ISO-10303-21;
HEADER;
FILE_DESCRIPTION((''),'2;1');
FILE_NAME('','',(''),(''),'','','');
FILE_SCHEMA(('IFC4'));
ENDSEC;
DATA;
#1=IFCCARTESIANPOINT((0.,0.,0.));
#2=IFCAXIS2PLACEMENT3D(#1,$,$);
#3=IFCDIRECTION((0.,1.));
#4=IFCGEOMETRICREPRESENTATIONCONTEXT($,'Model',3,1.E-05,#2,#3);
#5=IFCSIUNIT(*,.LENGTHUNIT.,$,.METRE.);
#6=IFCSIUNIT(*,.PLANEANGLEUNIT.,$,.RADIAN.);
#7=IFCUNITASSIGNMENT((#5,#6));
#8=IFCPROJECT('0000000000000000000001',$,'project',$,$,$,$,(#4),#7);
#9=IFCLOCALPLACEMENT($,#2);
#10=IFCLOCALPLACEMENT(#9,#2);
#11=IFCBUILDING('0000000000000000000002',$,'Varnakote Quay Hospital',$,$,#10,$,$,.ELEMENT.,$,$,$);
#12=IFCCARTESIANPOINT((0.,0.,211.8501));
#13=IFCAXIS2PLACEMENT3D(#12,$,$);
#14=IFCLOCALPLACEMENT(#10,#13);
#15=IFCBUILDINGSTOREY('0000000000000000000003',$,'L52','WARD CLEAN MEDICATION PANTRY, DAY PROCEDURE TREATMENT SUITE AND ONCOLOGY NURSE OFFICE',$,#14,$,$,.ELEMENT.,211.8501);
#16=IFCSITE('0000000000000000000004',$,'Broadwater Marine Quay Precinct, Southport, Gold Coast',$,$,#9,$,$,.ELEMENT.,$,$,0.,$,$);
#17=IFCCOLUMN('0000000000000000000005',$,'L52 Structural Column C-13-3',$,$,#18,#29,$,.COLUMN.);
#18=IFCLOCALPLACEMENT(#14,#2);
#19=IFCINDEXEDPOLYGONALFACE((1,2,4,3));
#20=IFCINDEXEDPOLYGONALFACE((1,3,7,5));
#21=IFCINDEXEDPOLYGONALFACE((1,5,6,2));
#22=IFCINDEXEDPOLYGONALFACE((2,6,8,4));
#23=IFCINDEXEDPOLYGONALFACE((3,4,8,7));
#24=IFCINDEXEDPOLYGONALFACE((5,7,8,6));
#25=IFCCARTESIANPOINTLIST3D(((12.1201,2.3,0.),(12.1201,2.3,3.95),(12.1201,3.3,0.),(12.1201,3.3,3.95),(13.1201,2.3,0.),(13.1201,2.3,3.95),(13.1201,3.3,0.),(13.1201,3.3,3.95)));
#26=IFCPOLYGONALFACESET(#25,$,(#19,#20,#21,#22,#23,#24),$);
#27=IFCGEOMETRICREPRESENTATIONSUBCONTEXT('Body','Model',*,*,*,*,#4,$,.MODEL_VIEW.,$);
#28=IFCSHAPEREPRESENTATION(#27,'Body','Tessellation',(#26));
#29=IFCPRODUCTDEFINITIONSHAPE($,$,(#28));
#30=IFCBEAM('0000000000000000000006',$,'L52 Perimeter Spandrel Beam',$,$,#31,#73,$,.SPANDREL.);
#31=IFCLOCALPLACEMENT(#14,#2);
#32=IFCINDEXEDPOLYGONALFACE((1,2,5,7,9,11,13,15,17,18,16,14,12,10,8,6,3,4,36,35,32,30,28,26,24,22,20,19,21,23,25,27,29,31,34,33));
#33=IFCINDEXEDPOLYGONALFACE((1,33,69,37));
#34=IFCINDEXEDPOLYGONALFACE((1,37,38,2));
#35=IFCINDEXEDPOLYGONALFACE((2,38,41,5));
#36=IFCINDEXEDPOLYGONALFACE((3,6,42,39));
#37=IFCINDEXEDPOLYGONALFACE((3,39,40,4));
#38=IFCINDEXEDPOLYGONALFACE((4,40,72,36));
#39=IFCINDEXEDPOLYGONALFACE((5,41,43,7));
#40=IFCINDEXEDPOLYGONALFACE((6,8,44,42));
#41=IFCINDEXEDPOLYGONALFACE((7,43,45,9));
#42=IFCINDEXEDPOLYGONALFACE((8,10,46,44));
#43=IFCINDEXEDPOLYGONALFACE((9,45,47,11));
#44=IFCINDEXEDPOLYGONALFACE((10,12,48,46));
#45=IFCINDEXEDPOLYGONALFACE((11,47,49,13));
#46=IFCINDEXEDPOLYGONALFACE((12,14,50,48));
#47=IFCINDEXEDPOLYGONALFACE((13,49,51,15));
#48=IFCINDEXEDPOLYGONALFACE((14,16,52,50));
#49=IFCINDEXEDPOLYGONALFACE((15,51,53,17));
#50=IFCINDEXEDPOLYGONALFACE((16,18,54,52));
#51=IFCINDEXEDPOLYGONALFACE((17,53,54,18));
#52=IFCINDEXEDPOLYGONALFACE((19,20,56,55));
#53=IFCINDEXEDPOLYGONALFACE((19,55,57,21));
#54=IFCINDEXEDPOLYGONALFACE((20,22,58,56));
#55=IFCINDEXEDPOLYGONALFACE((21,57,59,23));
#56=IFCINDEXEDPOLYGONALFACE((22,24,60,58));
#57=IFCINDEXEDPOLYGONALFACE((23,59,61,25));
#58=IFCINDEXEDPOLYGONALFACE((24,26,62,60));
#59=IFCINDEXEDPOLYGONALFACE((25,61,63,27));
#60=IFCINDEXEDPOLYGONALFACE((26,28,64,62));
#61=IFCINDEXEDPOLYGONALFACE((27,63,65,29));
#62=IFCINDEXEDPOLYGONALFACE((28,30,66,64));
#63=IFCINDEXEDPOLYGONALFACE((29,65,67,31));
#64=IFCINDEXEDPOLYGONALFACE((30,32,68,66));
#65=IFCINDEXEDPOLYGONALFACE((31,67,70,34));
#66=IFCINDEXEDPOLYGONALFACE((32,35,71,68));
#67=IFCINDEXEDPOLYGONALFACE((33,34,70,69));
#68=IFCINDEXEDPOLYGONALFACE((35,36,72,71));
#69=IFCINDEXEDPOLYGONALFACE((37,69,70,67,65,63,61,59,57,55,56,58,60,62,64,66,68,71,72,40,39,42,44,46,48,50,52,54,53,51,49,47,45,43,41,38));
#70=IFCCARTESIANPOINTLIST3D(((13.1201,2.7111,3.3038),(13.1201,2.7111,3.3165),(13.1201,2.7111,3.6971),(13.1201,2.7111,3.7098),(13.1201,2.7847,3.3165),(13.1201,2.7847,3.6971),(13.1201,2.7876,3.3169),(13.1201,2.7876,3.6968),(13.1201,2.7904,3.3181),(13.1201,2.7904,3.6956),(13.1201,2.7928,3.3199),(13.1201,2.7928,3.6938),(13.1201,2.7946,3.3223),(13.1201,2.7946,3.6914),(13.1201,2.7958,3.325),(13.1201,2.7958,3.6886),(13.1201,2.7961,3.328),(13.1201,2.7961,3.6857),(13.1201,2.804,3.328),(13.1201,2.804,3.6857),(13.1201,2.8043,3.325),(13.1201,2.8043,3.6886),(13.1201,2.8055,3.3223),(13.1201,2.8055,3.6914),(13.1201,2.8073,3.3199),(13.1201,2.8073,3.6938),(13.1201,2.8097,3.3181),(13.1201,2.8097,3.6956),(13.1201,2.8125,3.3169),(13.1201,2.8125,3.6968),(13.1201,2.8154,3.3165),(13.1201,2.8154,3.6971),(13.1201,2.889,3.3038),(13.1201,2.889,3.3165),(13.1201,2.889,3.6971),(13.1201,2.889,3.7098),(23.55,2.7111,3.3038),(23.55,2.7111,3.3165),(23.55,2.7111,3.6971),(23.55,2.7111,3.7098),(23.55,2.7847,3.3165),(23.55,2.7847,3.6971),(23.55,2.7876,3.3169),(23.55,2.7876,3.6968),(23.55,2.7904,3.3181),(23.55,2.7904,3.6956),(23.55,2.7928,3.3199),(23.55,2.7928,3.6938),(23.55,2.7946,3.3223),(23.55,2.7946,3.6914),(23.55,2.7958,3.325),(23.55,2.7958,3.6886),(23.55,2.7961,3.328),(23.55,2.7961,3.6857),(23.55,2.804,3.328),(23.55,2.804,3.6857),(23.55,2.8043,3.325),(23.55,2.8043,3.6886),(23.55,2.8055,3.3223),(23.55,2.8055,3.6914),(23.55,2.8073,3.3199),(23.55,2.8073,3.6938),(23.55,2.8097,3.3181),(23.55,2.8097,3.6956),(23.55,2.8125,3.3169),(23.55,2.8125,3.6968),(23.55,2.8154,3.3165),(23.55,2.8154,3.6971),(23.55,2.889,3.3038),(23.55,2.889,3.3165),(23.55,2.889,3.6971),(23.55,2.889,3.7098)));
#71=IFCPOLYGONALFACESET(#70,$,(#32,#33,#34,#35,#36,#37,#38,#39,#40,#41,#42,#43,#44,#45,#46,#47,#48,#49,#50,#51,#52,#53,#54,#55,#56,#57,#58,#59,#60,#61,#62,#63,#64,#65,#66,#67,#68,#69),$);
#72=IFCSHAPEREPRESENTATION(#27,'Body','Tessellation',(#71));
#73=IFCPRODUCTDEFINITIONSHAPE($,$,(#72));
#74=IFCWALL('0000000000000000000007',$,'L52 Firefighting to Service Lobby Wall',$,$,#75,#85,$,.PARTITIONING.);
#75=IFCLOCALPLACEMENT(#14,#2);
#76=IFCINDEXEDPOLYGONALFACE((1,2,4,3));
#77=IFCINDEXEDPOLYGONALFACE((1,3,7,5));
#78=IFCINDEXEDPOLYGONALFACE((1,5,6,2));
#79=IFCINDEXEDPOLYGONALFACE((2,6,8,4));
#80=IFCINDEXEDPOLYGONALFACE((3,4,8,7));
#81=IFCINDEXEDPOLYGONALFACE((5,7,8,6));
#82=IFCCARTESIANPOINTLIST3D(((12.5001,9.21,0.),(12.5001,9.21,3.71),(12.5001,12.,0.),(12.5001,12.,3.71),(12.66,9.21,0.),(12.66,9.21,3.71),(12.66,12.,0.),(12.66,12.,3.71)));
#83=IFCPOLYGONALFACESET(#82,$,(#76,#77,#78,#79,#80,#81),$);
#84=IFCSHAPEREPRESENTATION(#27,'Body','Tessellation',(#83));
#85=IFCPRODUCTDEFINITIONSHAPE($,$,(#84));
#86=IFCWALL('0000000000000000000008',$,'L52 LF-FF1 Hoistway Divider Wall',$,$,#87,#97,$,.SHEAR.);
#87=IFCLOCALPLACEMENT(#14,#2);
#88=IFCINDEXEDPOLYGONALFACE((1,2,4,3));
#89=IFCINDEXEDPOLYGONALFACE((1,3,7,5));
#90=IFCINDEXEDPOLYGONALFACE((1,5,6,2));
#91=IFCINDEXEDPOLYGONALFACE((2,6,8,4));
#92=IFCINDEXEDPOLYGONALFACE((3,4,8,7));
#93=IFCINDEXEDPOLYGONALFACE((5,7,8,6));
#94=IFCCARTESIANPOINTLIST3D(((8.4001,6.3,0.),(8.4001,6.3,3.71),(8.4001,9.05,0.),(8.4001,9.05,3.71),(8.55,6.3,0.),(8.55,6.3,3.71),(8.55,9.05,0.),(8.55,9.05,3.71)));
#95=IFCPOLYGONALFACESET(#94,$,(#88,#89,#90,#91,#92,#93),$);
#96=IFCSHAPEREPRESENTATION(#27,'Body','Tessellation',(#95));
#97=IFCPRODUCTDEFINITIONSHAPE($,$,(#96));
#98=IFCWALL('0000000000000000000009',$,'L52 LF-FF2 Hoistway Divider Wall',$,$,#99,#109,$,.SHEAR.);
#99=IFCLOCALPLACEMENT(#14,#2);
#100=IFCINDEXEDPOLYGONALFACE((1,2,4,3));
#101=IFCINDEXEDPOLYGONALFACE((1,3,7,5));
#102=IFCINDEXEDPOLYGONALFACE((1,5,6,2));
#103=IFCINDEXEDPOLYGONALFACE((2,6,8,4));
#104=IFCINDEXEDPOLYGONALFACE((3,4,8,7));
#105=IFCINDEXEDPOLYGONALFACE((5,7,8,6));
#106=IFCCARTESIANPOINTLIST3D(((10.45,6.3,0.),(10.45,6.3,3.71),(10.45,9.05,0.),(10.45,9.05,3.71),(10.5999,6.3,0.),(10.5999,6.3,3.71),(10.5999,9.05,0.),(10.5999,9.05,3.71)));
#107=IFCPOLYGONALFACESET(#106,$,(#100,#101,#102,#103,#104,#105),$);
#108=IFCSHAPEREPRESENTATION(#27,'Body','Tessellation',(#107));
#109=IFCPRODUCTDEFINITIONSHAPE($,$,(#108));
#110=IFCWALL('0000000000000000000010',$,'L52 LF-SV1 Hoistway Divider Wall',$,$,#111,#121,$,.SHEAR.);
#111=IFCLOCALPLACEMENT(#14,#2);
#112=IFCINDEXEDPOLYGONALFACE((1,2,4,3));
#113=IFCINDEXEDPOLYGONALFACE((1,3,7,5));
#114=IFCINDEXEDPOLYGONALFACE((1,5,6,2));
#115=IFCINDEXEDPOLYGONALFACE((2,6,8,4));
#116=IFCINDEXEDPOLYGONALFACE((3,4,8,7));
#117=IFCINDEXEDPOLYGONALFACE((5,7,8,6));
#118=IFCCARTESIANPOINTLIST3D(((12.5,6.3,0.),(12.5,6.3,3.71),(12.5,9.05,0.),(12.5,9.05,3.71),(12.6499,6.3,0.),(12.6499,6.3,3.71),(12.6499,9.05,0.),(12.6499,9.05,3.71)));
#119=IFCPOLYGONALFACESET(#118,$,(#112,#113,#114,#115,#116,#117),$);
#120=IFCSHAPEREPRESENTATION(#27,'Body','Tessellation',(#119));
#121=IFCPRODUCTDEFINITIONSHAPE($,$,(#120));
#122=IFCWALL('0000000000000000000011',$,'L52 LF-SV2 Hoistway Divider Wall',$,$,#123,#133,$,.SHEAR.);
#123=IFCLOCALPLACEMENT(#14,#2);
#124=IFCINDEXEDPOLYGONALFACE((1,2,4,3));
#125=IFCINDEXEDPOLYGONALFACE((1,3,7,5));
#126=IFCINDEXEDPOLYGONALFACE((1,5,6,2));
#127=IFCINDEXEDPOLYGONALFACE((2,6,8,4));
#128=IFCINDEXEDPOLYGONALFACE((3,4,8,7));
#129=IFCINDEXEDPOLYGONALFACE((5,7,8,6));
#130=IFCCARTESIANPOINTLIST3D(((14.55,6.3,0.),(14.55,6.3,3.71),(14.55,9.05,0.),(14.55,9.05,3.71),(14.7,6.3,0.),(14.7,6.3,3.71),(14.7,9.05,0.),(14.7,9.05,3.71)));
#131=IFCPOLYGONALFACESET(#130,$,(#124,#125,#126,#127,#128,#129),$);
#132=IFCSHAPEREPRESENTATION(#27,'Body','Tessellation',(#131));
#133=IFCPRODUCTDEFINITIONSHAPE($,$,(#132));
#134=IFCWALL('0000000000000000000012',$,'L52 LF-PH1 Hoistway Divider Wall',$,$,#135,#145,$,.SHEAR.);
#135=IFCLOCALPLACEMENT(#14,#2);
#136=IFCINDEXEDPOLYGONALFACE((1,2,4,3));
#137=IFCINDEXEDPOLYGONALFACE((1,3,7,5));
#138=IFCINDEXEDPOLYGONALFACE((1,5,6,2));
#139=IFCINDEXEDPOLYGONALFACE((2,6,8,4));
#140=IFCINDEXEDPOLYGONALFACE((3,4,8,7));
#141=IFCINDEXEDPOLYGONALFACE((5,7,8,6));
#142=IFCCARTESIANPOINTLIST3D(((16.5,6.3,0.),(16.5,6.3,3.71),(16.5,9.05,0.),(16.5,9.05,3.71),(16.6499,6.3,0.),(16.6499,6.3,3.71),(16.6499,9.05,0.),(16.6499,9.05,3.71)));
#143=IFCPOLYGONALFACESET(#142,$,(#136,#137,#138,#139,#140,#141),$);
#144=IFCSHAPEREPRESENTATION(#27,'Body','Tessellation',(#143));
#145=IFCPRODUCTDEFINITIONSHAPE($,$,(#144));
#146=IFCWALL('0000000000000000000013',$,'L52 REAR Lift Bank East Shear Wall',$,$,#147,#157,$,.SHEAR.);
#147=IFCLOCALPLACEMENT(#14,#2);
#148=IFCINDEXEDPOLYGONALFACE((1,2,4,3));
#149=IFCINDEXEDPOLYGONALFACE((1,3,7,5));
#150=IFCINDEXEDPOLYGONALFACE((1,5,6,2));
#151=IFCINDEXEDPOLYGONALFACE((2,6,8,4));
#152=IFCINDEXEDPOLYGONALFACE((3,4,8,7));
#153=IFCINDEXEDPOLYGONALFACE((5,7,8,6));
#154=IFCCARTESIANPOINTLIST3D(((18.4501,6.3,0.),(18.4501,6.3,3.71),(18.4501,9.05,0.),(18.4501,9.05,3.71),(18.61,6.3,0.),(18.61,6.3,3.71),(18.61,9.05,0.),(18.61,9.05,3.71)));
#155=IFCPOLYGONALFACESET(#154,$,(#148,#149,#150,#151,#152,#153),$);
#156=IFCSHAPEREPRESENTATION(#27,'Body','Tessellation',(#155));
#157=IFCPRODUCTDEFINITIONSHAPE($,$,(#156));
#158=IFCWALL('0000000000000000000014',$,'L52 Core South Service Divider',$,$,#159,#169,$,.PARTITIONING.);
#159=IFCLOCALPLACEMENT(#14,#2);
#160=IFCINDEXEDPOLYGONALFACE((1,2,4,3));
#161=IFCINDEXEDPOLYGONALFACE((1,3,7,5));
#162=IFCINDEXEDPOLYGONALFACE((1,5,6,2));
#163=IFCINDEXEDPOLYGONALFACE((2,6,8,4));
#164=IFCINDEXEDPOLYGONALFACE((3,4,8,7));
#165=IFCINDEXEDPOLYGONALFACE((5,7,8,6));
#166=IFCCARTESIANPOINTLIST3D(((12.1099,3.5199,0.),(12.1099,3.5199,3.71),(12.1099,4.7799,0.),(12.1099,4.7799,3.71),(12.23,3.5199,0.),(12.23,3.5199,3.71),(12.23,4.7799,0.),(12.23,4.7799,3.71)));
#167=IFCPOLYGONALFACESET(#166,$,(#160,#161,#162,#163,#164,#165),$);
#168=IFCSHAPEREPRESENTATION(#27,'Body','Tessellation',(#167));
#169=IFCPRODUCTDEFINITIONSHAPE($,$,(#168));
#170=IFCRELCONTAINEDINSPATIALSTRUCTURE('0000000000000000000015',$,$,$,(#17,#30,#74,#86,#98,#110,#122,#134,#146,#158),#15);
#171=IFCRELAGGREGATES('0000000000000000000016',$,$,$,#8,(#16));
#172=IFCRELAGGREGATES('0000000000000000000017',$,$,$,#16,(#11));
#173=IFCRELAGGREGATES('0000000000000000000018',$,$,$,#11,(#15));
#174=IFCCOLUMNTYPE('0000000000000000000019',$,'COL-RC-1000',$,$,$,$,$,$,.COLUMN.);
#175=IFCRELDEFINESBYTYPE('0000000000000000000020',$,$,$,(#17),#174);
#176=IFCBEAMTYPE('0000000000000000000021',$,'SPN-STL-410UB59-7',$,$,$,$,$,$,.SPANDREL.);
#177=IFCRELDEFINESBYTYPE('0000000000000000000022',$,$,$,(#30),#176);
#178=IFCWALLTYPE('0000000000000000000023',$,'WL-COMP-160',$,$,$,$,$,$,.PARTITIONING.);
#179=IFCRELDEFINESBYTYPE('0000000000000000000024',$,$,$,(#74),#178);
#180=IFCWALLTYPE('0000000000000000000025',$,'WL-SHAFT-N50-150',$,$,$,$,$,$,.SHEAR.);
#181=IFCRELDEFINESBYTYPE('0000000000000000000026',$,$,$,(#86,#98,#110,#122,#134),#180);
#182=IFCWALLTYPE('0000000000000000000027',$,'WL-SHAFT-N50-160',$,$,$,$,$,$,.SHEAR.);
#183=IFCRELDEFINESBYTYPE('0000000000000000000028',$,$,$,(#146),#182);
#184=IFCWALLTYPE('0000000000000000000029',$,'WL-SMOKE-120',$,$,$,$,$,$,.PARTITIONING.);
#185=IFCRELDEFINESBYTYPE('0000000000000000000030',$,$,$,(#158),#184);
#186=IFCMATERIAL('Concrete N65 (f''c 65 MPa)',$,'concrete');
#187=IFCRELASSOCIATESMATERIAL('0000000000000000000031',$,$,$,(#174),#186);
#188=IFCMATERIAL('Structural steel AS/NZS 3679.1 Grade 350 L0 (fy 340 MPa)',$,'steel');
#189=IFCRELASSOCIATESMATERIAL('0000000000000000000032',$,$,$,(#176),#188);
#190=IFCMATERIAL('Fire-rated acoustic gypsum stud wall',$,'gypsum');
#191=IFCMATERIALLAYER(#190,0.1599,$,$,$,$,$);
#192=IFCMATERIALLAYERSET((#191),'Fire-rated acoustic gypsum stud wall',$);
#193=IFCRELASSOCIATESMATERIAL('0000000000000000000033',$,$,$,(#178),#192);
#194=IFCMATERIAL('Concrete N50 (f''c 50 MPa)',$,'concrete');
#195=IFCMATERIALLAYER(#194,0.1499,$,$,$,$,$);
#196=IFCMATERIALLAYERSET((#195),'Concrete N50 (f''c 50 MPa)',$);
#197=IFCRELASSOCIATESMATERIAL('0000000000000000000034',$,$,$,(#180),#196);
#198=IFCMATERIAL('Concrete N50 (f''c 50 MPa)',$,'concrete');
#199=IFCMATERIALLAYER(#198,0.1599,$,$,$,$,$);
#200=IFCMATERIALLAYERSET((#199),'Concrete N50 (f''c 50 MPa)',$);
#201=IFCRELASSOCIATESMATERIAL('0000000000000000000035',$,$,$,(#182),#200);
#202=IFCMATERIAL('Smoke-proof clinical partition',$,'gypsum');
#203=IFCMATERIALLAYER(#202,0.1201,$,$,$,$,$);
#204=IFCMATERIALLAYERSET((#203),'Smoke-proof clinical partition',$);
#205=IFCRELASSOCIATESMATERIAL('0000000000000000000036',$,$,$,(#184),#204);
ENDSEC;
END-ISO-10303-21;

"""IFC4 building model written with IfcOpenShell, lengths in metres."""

from ifc_helpers import new_model, si_unit, direction, frame, frame_2d, origin, origin_2d, place, context, subcontext, project, spatial, rectangle, i_section, extrude, material, layer, layer_set, material_profile, profile_set, type_object, element, save


model = new_model("IFC4")

# Units and contexts
model_context = context("Model", 3, precision=1e-05, world=origin(), true_north=direction((0.0, 1.0)))
body_context = subcontext(model_context, "Body", "Model", "MODEL_VIEW")
ifc_project = project(units=[si_unit("LENGTHUNIT", "METRE"), si_unit("PLANEANGLEUNIT", "RADIAN")], contexts=[model_context])

# Site, building, storey
site_placement = place(None, origin())
site = spatial("IfcSite", under=ifc_project, at=site_placement, Name="Broadwater Marine Quay Precinct, Southport, Gold Coast", CompositionType="ELEMENT", RefElevation=0.0)
building_placement = place(site_placement, origin())
building = spatial("IfcBuilding", under=site, at=building_placement, Name="Varnakote Quay Hospital", CompositionType="ELEMENT")
storey_placement = place(building_placement, frame((0.0, 0.0, 211.8501)))
storey = spatial("IfcBuildingStorey", under=building, at=storey_placement, Name="L52", Description="WARD CLEAN MEDICATION PANTRY, DAY PROCEDURE TREATMENT SUITE AND ONCOLOGY NURSE OFFICE", CompositionType="ELEMENT", Elevation=211.8501)

# Column
ifc_material_1 = material(Name="Concrete N65 (f'c 65 MPa)", Category="concrete")
ifc_material_profile_1 = material_profile(ifc_material_1, rectangle(XDim=1.0, YDim=1.0, at=origin_2d()), Name="RC-COL-1000x1000")
ifc_profile_set_1 = profile_set([ifc_material_profile_1], Name="Concrete N65 (f'c 65 MPa)")
column_type = type_object("IfcColumnType", Name="COL-RC-1000", PredefinedType="COLUMN", material=ifc_profile_set_1)
column_placement = place(storey_placement, frame((12.6201, 2.8, 0.0), z_axis=(0.0, 0.0, 1.0), x_axis=(1.0, 0.0, 0.0)))
element("IfcColumn", 1, at=column_placement, inside=storey, type_object=column_type, Name="L52 Structural Column C-13-3", PredefinedType="COLUMN", context=body_context, shape_type="SweptSolid", body=[
    extrude(rectangle(XDim=1.0, YDim=1.0, at=origin_2d()), origin(), (0.0, 0.0, 1.0), 3.95),
])

# Beam
ifc_material_2 = material(Name="Structural steel AS/NZS 3679.1 Grade 350 L0 (fy 340 MPa)", Category="steel")
ifc_material_profile_2 = material_profile(ifc_material_2, i_section(OverallWidth=0.178, OverallDepth=0.406, WebThickness=0.0078, FlangeThickness=0.0127, FilletRadius=0.0115, at=origin_2d()), Name="410UB59.7")
ifc_profile_set_2 = profile_set([ifc_material_profile_2], Name="Structural steel AS/NZS 3679.1 Grade 350 L0 (fy 340 MPa)")
beam_type = type_object("IfcBeamType", Name="SPN-STL-410UB59-7", PredefinedType="SPANDREL", material=ifc_profile_set_2)
beam_placement = place(storey_placement, frame((13.1201, 2.8, 3.5068), z_axis=(1.0, 0.0, 0.0), x_axis=(0.0, 1.0, 0.0)))
element("IfcBeam", 2, at=beam_placement, inside=storey, type_object=beam_type, Name="L52 Perimeter Spandrel Beam", PredefinedType="SPANDREL", context=body_context, shape_type="SweptSolid", body=[
    extrude(i_section(OverallWidth=0.178, OverallDepth=0.406, WebThickness=0.0078, FlangeThickness=0.0127, FilletRadius=0.0115, at=origin_2d()), origin(), (0.0, 0.0, 1.0), 10.4299),
])

# Walls
ifc_material_3 = material(Name="Fire-rated acoustic gypsum stud wall", Category="gypsum")
ifc_layer_1 = layer(ifc_material_3, 0.1599)
ifc_layer_set_1 = layer_set([ifc_layer_1], Name="Fire-rated acoustic gypsum stud wall")
wall_type_1 = type_object("IfcWallType", Name="WL-COMP-160", PredefinedType="PARTITIONING", material=ifc_layer_set_1)
wall_1_placement = place(storey_placement, frame((12.5801, 9.21, 0.0), z_axis=(0.0, 0.0, 1.0), x_axis=(0.0, 1.0, 0.0)))
element("IfcWall", 3, at=wall_1_placement, inside=storey, type_object=wall_type_1, Name="L52 Firefighting to Service Lobby Wall", PredefinedType="PARTITIONING", context=body_context, shape_type="SweptSolid", body=[
    extrude(rectangle(XDim=2.79, YDim=0.1599, at=frame_2d((1.395, 0.0))), origin(), (0.0, 0.0, 1.0), 3.71),
])
ifc_material_4 = material(Name="Concrete N50 (f'c 50 MPa)", Category="concrete")
ifc_layer_2 = layer(ifc_material_4, 0.1499)
ifc_layer_set_2 = layer_set([ifc_layer_2], Name="Concrete N50 (f'c 50 MPa)")
wall_type_2 = type_object("IfcWallType", Name="WL-SHAFT-N50-150", PredefinedType="SHEAR", material=ifc_layer_set_2)
for number, where, z_axis, x_axis, name in (
    (4, (8.4751, 6.3, 0.0), (0.0, 0.0, 1.0), (0.0, 1.0, 0.0), "L52 LF-FF1 Hoistway Divider Wall"),
    (5, (10.5249, 6.3, 0.0), (0.0, 0.0, 1.0), (0.0, 1.0, 0.0), "L52 LF-FF2 Hoistway Divider Wall"),
    (6, (12.575, 6.3, 0.0), (0.0, 0.0, 1.0), (0.0, 1.0, 0.0), "L52 LF-SV1 Hoistway Divider Wall"),
    (7, (14.625, 6.3, 0.0), (0.0, 0.0, 1.0), (0.0, 1.0, 0.0), "L52 LF-SV2 Hoistway Divider Wall"),
    (8, (16.575, 6.3, 0.0), (0.0, 0.0, 1.0), (0.0, 1.0, 0.0), "L52 LF-PH1 Hoistway Divider Wall"),
):
    element("IfcWall", number, at=place(storey_placement, frame(where, z_axis=z_axis, x_axis=x_axis)), inside=storey, type_object=wall_type_2, Name=name, PredefinedType="SHEAR", context=body_context, shape_type="SweptSolid", body=[
        extrude(rectangle(XDim=2.75, YDim=0.1499, at=frame_2d((1.375, 0.0))), origin(), (0.0, 0.0, 1.0), 3.71),
    ])
ifc_material_5 = material(Name="Concrete N50 (f'c 50 MPa)", Category="concrete")
ifc_layer_3 = layer(ifc_material_5, 0.1599)
ifc_layer_set_3 = layer_set([ifc_layer_3], Name="Concrete N50 (f'c 50 MPa)")
wall_type_3 = type_object("IfcWallType", Name="WL-SHAFT-N50-160", PredefinedType="SHEAR", material=ifc_layer_set_3)
wall_2_placement = place(storey_placement, frame((18.53, 6.3, 0.0), z_axis=(0.0, 0.0, 1.0), x_axis=(0.0, 1.0, 0.0)))
element("IfcWall", 9, at=wall_2_placement, inside=storey, type_object=wall_type_3, Name="L52 REAR Lift Bank East Shear Wall", PredefinedType="SHEAR", context=body_context, shape_type="SweptSolid", body=[
    extrude(rectangle(XDim=2.75, YDim=0.1599, at=frame_2d((1.375, 0.0))), origin(), (0.0, 0.0, 1.0), 3.71),
])

# Wall
ifc_material_6 = material(Name="Smoke-proof clinical partition", Category="gypsum")
ifc_layer_4 = layer(ifc_material_6, 0.1201)
ifc_layer_set_4 = layer_set([ifc_layer_4], Name="Smoke-proof clinical partition")
wall_type_4 = type_object("IfcWallType", Name="WL-SMOKE-120", PredefinedType="PARTITIONING", material=ifc_layer_set_4)
wall_3_placement = place(storey_placement, frame((12.1699, 3.52, 0.0), z_axis=(0.0, 0.0, 1.0), x_axis=(0.0, 1.0, 0.0)))
element("IfcWall", 10, at=wall_3_placement, inside=storey, type_object=wall_type_4, Name="L52 Core South Service Divider", PredefinedType="PARTITIONING", context=body_context, shape_type="SweptSolid", body=[
    extrude(rectangle(XDim=1.26, YDim=0.1201, at=frame_2d((0.6299, 0.0))), origin(), (0.0, 0.0, 1.0), 3.71),
])

save(model, "model.ifc")
